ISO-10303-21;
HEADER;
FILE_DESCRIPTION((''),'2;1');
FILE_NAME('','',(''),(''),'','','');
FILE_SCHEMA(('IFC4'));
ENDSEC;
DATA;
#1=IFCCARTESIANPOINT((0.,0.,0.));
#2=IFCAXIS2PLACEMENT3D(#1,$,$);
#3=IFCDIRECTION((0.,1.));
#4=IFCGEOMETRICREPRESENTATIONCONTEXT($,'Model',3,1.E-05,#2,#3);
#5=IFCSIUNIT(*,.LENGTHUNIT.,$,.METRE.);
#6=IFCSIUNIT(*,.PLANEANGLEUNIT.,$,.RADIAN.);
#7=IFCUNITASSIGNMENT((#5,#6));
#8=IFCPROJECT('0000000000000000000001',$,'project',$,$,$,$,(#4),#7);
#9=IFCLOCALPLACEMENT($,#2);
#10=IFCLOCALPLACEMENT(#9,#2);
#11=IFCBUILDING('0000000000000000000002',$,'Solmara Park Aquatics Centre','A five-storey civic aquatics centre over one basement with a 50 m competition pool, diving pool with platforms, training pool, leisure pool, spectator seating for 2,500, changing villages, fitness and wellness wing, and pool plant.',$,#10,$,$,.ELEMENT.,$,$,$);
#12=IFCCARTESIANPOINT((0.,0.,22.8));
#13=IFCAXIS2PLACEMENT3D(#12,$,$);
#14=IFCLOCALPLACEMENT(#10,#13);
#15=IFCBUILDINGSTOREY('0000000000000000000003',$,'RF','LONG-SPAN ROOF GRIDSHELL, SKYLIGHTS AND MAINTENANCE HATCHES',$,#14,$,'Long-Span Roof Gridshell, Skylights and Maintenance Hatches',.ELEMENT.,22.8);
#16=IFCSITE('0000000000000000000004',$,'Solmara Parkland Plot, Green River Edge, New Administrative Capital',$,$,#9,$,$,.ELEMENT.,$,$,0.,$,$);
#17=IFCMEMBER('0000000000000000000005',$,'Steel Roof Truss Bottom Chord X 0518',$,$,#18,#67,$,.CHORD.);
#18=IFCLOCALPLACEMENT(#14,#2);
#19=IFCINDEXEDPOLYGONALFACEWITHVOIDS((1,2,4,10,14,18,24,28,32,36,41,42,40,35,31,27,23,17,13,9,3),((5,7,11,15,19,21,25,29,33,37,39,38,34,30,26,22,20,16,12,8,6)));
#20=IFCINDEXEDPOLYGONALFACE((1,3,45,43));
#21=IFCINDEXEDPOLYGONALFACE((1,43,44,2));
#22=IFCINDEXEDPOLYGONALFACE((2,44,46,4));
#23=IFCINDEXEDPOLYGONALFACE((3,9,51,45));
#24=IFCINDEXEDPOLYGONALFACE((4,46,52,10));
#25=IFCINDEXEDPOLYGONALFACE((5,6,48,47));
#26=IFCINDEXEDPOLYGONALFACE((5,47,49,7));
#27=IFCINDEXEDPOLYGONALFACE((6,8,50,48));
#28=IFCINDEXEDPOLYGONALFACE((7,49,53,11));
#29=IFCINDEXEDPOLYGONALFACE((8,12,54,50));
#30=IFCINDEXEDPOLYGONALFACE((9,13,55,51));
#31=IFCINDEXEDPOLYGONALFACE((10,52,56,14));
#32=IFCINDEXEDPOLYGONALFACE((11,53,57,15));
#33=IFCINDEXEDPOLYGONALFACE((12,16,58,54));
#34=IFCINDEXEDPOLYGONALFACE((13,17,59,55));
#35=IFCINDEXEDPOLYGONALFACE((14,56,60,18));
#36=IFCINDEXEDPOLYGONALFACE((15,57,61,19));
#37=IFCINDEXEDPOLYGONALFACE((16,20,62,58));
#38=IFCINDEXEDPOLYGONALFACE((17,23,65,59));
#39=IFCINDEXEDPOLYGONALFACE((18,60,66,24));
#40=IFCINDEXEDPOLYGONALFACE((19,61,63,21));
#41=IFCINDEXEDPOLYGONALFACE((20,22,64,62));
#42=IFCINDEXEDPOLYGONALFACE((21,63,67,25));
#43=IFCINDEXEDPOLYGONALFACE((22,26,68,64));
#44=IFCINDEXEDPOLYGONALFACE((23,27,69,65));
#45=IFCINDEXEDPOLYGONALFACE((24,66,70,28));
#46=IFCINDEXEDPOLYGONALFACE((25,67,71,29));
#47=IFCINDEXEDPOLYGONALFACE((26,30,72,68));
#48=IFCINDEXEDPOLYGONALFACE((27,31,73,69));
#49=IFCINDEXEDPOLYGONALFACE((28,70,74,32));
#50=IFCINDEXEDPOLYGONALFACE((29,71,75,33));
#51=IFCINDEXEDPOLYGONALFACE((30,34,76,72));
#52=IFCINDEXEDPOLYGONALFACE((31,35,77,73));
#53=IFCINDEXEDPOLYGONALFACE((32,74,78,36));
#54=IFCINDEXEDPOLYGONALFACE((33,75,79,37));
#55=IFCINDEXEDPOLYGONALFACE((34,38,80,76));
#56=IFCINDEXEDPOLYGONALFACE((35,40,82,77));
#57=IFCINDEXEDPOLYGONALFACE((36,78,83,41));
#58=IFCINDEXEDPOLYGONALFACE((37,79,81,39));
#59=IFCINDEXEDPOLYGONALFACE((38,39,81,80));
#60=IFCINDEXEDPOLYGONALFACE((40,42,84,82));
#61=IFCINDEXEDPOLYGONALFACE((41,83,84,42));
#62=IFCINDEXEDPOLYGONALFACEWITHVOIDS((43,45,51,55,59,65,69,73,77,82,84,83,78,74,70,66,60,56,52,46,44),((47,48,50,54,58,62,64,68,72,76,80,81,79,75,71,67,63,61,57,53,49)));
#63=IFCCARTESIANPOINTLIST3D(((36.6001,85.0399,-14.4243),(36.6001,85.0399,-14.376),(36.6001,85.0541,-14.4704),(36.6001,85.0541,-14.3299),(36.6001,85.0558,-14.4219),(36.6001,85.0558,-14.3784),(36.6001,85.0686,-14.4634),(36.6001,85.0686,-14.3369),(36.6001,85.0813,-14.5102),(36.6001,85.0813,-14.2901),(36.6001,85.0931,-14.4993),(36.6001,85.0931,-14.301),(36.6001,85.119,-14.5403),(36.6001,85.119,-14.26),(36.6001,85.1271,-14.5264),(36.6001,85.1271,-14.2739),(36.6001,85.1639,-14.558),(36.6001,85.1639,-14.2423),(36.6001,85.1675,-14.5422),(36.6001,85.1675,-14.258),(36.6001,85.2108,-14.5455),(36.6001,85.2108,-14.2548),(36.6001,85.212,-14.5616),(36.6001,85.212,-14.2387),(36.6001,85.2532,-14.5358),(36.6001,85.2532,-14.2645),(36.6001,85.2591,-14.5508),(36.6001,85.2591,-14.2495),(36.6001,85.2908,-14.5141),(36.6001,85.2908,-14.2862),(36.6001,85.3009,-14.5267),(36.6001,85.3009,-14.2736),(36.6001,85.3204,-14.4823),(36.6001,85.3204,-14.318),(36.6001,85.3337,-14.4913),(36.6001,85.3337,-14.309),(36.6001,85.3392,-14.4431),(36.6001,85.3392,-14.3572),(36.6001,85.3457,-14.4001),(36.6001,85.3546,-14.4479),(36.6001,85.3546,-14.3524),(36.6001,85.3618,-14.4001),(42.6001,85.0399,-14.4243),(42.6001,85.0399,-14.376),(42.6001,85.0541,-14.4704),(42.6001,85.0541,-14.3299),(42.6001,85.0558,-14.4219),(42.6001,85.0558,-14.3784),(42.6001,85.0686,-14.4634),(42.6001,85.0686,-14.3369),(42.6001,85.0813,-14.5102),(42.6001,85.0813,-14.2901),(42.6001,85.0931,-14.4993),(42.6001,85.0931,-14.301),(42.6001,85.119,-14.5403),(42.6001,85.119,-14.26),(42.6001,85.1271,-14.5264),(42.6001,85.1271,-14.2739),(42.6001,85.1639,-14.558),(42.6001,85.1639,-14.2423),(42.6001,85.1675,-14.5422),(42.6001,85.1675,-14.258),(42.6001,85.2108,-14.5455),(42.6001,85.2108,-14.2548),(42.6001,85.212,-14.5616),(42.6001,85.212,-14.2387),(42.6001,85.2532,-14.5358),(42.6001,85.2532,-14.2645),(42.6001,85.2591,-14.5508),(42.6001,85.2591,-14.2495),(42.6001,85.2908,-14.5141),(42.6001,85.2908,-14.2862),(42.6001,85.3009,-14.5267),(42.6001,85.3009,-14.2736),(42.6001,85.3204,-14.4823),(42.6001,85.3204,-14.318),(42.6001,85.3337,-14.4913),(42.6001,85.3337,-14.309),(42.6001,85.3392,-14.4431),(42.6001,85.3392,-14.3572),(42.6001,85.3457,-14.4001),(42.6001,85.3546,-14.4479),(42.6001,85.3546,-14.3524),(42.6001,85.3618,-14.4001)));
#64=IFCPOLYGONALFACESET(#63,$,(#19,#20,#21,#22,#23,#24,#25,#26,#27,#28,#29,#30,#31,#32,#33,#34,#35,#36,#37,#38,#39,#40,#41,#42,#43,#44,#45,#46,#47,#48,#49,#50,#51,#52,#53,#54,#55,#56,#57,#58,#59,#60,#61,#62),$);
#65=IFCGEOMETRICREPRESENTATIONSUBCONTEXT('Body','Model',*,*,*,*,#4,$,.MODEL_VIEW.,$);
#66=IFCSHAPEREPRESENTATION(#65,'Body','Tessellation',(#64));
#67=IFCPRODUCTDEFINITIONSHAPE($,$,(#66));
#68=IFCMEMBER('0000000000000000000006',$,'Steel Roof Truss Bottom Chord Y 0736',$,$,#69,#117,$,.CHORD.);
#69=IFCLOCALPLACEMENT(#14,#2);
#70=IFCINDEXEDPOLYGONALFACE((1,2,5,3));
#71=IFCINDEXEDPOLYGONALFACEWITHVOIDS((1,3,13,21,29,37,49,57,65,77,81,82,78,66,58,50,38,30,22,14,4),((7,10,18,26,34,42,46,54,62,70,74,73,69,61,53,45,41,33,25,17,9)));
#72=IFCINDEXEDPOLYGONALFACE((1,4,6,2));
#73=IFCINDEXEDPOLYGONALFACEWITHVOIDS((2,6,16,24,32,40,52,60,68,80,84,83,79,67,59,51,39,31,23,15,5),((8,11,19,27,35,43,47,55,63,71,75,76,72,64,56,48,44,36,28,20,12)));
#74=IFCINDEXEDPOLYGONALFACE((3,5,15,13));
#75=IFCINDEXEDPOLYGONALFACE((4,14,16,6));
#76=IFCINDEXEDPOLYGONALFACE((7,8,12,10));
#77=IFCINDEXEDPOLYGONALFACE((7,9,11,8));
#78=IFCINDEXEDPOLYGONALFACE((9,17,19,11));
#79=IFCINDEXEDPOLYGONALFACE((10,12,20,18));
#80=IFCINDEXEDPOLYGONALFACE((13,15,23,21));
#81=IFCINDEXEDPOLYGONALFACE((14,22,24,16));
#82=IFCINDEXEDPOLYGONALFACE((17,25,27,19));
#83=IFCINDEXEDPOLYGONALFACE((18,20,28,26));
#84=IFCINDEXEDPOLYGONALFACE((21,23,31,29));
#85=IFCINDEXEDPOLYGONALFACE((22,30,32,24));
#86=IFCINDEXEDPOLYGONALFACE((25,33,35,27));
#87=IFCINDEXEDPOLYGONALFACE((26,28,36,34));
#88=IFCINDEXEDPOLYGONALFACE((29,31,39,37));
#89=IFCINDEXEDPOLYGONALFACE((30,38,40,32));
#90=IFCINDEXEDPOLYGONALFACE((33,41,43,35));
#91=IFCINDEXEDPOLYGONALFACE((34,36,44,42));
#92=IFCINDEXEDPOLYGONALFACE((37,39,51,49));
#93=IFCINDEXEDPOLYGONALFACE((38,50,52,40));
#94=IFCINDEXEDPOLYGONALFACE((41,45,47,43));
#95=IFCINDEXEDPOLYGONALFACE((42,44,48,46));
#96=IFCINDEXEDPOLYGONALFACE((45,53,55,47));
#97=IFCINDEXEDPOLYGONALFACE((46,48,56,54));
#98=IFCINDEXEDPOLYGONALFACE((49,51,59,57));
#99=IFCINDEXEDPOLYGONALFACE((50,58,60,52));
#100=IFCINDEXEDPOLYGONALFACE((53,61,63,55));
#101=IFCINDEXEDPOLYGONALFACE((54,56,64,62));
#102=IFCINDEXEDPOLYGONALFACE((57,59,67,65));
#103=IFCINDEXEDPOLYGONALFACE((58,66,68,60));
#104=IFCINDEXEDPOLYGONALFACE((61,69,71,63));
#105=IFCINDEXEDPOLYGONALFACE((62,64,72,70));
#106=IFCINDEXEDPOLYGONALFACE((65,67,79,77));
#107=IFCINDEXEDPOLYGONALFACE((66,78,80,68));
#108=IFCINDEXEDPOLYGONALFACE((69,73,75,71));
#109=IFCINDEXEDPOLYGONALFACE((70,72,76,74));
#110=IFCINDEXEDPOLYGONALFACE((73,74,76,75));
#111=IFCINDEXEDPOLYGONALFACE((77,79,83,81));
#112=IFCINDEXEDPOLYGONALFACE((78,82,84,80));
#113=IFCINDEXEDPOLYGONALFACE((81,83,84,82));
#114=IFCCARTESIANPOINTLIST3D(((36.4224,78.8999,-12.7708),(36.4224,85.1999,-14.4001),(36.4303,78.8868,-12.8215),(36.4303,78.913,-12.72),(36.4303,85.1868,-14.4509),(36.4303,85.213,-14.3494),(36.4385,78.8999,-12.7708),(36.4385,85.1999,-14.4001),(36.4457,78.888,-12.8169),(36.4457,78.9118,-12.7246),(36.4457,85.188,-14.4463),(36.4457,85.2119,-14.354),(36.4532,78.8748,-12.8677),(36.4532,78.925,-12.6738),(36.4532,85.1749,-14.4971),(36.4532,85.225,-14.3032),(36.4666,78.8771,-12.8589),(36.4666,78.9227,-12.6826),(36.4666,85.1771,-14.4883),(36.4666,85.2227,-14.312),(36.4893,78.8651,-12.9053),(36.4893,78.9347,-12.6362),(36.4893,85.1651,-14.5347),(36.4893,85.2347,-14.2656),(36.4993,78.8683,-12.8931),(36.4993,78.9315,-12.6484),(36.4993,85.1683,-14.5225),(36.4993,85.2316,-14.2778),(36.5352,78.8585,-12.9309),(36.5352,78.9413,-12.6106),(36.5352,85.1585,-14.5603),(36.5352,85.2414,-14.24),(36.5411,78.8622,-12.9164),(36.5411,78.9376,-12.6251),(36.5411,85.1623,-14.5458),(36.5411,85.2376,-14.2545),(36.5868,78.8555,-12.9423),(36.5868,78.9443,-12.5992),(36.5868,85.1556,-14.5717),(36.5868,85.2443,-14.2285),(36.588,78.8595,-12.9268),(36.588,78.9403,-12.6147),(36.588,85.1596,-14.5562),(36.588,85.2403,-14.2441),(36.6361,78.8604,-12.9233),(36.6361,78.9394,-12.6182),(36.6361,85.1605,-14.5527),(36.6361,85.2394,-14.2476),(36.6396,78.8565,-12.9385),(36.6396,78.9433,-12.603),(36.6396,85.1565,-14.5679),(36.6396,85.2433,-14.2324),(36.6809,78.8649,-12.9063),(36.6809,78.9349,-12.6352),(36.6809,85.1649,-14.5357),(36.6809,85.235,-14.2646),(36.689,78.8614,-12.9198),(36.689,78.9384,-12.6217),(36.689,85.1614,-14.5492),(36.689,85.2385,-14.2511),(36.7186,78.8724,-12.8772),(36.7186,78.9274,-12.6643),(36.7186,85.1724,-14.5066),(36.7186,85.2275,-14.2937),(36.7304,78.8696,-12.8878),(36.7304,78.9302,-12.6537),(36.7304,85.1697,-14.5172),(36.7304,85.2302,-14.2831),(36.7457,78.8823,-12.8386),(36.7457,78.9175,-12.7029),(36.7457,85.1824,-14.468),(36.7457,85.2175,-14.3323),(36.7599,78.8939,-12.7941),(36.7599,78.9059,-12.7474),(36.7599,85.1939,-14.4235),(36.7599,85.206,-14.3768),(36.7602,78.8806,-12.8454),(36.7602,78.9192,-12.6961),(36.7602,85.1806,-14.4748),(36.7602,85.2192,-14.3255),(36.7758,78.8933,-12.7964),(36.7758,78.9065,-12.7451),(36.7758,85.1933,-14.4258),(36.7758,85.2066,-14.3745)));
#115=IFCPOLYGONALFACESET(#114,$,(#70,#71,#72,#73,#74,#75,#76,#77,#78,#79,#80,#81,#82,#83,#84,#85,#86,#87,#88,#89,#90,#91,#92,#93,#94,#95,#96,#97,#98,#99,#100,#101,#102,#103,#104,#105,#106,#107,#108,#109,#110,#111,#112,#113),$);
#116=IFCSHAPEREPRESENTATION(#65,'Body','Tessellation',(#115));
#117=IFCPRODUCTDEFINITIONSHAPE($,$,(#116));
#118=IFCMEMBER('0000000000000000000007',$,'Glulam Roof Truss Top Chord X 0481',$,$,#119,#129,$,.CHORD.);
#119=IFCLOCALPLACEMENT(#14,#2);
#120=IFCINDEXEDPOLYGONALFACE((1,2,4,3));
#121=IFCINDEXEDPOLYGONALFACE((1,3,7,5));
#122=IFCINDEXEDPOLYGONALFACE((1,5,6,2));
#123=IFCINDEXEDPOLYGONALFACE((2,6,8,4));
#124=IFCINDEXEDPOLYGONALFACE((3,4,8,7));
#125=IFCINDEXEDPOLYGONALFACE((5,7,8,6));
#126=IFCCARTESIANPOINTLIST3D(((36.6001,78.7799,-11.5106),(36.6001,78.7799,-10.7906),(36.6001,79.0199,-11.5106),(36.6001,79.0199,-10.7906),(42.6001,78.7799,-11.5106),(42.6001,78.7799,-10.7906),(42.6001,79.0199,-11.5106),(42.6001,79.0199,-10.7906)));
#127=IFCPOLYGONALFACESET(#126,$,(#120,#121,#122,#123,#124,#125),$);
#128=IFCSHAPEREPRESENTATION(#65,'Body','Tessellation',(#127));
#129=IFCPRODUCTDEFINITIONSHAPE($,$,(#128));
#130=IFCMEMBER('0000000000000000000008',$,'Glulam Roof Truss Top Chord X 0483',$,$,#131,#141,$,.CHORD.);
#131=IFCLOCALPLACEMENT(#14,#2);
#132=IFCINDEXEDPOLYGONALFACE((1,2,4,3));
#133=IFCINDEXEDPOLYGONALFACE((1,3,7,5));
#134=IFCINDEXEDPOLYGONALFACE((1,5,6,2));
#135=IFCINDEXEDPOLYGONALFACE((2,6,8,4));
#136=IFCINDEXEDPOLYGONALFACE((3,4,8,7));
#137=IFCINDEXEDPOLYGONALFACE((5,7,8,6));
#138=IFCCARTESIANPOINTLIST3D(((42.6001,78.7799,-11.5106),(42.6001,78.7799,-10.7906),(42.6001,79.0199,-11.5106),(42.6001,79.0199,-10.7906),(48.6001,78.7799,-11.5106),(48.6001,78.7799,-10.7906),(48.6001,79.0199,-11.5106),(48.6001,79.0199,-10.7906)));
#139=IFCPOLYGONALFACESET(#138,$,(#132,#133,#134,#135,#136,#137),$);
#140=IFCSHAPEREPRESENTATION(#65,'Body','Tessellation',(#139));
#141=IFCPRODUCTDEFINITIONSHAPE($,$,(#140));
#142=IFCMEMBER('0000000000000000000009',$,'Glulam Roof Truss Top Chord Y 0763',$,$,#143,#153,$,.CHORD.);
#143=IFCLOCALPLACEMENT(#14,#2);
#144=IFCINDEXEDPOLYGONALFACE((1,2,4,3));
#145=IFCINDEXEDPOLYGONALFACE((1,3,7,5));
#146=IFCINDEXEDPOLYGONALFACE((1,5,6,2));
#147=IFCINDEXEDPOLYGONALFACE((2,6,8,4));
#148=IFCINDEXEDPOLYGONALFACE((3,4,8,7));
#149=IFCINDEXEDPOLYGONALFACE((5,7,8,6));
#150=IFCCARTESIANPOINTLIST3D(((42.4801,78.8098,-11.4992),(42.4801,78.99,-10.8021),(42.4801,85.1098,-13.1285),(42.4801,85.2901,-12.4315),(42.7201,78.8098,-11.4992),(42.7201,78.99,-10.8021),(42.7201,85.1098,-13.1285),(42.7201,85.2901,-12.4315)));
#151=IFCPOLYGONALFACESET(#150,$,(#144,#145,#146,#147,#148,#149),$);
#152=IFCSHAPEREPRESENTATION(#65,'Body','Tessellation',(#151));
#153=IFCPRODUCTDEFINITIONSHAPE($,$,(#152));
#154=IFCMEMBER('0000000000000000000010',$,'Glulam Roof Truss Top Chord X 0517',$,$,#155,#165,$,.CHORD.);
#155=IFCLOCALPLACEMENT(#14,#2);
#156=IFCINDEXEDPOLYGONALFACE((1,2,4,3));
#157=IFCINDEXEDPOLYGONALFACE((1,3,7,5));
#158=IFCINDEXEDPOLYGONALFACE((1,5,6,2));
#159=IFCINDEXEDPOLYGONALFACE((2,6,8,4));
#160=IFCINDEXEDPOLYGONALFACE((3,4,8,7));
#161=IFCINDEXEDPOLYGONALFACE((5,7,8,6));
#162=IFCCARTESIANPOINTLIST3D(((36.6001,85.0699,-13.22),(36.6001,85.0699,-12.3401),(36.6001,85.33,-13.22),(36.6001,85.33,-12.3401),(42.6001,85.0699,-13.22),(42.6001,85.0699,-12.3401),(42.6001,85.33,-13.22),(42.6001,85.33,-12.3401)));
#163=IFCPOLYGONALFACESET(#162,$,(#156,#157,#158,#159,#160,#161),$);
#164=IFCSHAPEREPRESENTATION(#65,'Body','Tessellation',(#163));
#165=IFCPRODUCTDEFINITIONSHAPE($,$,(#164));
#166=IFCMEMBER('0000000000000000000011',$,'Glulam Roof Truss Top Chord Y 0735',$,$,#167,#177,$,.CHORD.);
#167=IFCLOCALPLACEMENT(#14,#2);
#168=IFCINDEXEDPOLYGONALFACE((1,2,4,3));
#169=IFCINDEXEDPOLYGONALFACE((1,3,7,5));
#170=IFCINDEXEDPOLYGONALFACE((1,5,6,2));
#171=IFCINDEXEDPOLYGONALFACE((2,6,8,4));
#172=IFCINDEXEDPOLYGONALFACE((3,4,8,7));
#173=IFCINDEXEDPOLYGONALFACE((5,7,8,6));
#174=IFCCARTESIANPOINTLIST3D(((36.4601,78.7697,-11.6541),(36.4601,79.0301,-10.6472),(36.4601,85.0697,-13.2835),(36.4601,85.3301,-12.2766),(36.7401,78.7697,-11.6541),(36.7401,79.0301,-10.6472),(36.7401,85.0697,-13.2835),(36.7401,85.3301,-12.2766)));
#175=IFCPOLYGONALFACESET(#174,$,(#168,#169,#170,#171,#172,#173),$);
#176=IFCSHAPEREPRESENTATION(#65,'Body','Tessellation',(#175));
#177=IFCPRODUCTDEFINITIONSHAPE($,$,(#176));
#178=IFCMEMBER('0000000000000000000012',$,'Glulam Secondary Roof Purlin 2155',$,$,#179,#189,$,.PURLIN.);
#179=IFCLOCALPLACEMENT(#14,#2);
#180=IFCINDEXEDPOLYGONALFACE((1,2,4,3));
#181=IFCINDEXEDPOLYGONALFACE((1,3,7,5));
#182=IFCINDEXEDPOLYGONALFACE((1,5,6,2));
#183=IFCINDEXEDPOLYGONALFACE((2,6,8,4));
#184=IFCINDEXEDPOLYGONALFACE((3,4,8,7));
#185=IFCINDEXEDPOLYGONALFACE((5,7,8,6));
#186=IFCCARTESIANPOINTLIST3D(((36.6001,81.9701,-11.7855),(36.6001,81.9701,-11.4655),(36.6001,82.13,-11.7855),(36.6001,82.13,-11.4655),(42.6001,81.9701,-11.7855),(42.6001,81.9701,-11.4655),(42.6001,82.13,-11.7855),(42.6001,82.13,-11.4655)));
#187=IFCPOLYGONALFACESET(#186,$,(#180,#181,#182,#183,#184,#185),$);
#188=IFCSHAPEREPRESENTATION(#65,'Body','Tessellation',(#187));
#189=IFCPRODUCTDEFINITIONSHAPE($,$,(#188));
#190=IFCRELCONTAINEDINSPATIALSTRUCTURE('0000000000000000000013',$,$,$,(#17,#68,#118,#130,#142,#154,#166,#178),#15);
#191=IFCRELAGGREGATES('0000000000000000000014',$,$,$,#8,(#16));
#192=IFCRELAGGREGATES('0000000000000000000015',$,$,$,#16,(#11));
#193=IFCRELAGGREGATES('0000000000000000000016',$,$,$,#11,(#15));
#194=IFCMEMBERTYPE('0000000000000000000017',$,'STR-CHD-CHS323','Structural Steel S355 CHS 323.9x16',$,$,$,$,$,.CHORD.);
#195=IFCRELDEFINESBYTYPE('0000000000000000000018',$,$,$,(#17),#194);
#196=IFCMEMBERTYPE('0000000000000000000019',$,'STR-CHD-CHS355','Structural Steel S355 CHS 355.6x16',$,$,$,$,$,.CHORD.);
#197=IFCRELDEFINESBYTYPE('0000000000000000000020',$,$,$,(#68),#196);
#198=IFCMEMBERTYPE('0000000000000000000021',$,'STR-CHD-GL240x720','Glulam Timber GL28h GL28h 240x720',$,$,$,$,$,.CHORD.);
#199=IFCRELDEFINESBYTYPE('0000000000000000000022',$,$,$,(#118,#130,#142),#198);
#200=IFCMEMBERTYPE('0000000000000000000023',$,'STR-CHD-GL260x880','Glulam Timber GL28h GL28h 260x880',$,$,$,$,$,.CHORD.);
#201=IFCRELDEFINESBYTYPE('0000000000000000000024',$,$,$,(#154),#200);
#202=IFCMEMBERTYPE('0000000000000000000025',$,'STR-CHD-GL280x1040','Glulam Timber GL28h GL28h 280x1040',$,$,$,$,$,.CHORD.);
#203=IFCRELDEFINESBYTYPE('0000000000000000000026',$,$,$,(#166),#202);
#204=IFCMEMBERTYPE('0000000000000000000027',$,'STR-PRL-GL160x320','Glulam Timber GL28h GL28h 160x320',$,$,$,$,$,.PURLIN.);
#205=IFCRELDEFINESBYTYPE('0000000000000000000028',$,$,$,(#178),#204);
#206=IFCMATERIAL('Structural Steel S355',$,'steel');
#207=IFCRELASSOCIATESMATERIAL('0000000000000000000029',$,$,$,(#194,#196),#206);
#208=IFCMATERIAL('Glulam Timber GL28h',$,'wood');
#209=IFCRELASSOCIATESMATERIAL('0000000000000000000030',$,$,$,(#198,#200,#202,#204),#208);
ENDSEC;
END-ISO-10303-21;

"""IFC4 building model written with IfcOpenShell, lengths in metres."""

from ifc_helpers import new_model, si_unit, direction, frame, origin, origin_2d, place, context, subcontext, project, spatial, rectangle, hollow_circle, extrude, material, material_profile, profile_set, type_object, element, save


model = new_model("IFC4")

# Units and contexts
model_context = context("Model", 3, precision=1e-05, world=origin(), true_north=direction((0.0, 1.0)))
body_context = subcontext(model_context, "Body", "Model", "MODEL_VIEW")
ifc_project = project(units=[si_unit("LENGTHUNIT", "METRE"), si_unit("PLANEANGLEUNIT", "RADIAN")], contexts=[model_context])

# Site, building, storey
site_placement = place(None, origin())
site = spatial("IfcSite", under=ifc_project, at=site_placement, Name="Solmara Parkland Plot, Green River Edge, New Administrative Capital", CompositionType="ELEMENT", RefElevation=0.0)
building_placement = place(site_placement, origin())
building = spatial("IfcBuilding", under=site, at=building_placement, Name="Solmara Park Aquatics Centre", Description="A five-storey civic aquatics centre over one basement with a 50 m competition pool, diving pool with platforms, training pool, leisure pool, spectator seating for 2,500, changing villages, fitness and wellness wing, and pool plant.", CompositionType="ELEMENT")
storey_placement = place(building_placement, frame((0.0, 0.0, 22.8)))
storey = spatial("IfcBuildingStorey", under=building, at=storey_placement, Name="RF", Description="LONG-SPAN ROOF GRIDSHELL, SKYLIGHTS AND MAINTENANCE HATCHES", LongName="Long-Span Roof Gridshell, Skylights and Maintenance Hatches", CompositionType="ELEMENT", Elevation=22.8)

# Members
ifc_material_1 = material(Name="Structural Steel S355", Category="steel")
ifc_material_profile_1 = material_profile(ifc_material_1, hollow_circle(Radius=0.1619, WallThickness=0.0161, at=origin_2d()), Name="CHS 323.9x16")
ifc_profile_set_1 = profile_set([ifc_material_profile_1], Name="Structural Steel S355")
member_type_1 = type_object("IfcMemberType", Name="STR-CHD-CHS323", Description="Structural Steel S355 CHS 323.9x16", PredefinedType="CHORD", material=ifc_profile_set_1)
member_1_placement = place(storey_placement, frame((36.6001, 85.2, -14.4001), z_axis=(1.0, 0.0, 0.0), x_axis=(0.0, 1.0, 0.0)))
element("IfcMember", 1, at=member_1_placement, inside=storey, type_object=member_type_1, Name="Steel Roof Truss Bottom Chord X 0518", PredefinedType="CHORD", context=body_context, shape_type="SweptSolid", body=[
    extrude(hollow_circle(Radius=0.1619, WallThickness=0.0161, at=origin_2d()), origin(), (0.0, 0.0, 1.0), 6.0),
])
ifc_material_profile_2 = material_profile(ifc_material_1, hollow_circle(Radius=0.1777, WallThickness=0.0161, at=origin_2d()), Name="CHS 355.6x16")
ifc_profile_set_2 = profile_set([ifc_material_profile_2], Name="Structural Steel S355")
member_type_2 = type_object("IfcMemberType", Name="STR-CHD-CHS355", Description="Structural Steel S355 CHS 355.6x16", PredefinedType="CHORD", material=ifc_profile_set_2)
member_2_placement = place(storey_placement, frame((36.6001, 78.8999, -12.7708), z_axis=(0.0, 0.968144, -0.250393), x_axis=(-1.0, 0.0, 0.0)))
element("IfcMember", 2, at=member_2_placement, inside=storey, type_object=member_type_2, Name="Steel Roof Truss Bottom Chord Y 0736", PredefinedType="CHORD", context=body_context, shape_type="SweptSolid", body=[
    extrude(hollow_circle(Radius=0.1777, WallThickness=0.0161, at=origin_2d()), origin(), (0.0, 0.0, 1.0), 6.5073),
])
ifc_material_2 = material(Name="Glulam Timber GL28h", Category="wood")
ifc_material_profile_3 = material_profile(ifc_material_2, rectangle(XDim=0.24, YDim=0.72, at=origin_2d()), Name="GL28h 240x720")
ifc_profile_set_3 = profile_set([ifc_material_profile_3], Name="Glulam Timber GL28h")
member_type_3 = type_object("IfcMemberType", Name="STR-CHD-GL240x720", Description="Glulam Timber GL28h GL28h 240x720", PredefinedType="CHORD", material=ifc_profile_set_3)
for number, where, z_axis, x_axis, name in (
    (3, (36.6001, 78.8999, -11.1506), (1.0, 0.0, 0.0), (0.0, 1.0, 0.0), "Glulam Roof Truss Top Chord X 0481"),
    (4, (42.6001, 78.8999, -11.1506), (1.0, 0.0, 0.0), (0.0, 1.0, 0.0), "Glulam Roof Truss Top Chord X 0483"),
):
    element("IfcMember", number, at=place(storey_placement, frame(where, z_axis=z_axis, x_axis=x_axis)), inside=storey, type_object=member_type_3, Name=name, PredefinedType="CHORD", context=body_context, shape_type="SweptSolid", body=[
        extrude(rectangle(XDim=0.24, YDim=0.72, at=origin_2d()), origin(), (0.0, 0.0, 1.0), 6.0),
    ])
member_3_placement = place(storey_placement, frame((42.6001, 78.8999, -11.1506), z_axis=(0.0, 0.968144, -0.250393), x_axis=(-1.0, 0.0, 0.0)))
element("IfcMember", 5, at=member_3_placement, inside=storey, type_object=member_type_3, Name="Glulam Roof Truss Top Chord Y 0763", PredefinedType="CHORD", context=body_context, shape_type="SweptSolid", body=[
    extrude(rectangle(XDim=0.24, YDim=0.72, at=origin_2d()), origin(), (0.0, 0.0, 1.0), 6.5073),
])
ifc_material_profile_4 = material_profile(ifc_material_2, rectangle(XDim=0.26, YDim=0.8799, at=origin_2d()), Name="GL28h 260x880")
ifc_profile_set_4 = profile_set([ifc_material_profile_4], Name="Glulam Timber GL28h")
member_type_4 = type_object("IfcMemberType", Name="STR-CHD-GL260x880", Description="Glulam Timber GL28h GL28h 260x880", PredefinedType="CHORD", material=ifc_profile_set_4)
member_4_placement = place(storey_placement, frame((36.6001, 85.2, -12.78), z_axis=(1.0, 0.0, 0.0), x_axis=(0.0, 1.0, 0.0)))
element("IfcMember", 6, at=member_4_placement, inside=storey, type_object=member_type_4, Name="Glulam Roof Truss Top Chord X 0517", PredefinedType="CHORD", context=body_context, shape_type="SweptSolid", body=[
    extrude(rectangle(XDim=0.26, YDim=0.8799, at=origin_2d()), origin(), (0.0, 0.0, 1.0), 6.0),
])
ifc_material_profile_5 = material_profile(ifc_material_2, rectangle(XDim=0.28, YDim=1.04, at=origin_2d()), Name="GL28h 280x1040")
ifc_profile_set_5 = profile_set([ifc_material_profile_5], Name="Glulam Timber GL28h")
member_type_5 = type_object("IfcMemberType", Name="STR-CHD-GL280x1040", Description="Glulam Timber GL28h GL28h 280x1040", PredefinedType="CHORD", material=ifc_profile_set_5)
member_5_placement = place(storey_placement, frame((36.6001, 78.8999, -11.1506), z_axis=(0.0, 0.968144, -0.250393), x_axis=(-1.0, 0.0, 0.0)))
element("IfcMember", 7, at=member_5_placement, inside=storey, type_object=member_type_5, Name="Glulam Roof Truss Top Chord Y 0735", PredefinedType="CHORD", context=body_context, shape_type="SweptSolid", body=[
    extrude(rectangle(XDim=0.28, YDim=1.04, at=origin_2d()), origin(), (0.0, 0.0, 1.0), 6.5073),
])
ifc_material_profile_6 = material_profile(ifc_material_2, rectangle(XDim=0.1599, YDim=0.3201, at=origin_2d()), Name="GL28h 160x320")
ifc_profile_set_6 = profile_set([ifc_material_profile_6], Name="Glulam Timber GL28h")
member_type_6 = type_object("IfcMemberType", Name="STR-PRL-GL160x320", Description="Glulam Timber GL28h GL28h 160x320", PredefinedType="PURLIN", material=ifc_profile_set_6)
member_6_placement = place(storey_placement, frame((36.6001, 82.05, -11.6255), z_axis=(1.0, 0.0, 0.0), x_axis=(0.0, 1.0, 0.0)))
element("IfcMember", 8, at=member_6_placement, inside=storey, type_object=member_type_6, Name="Glulam Secondary Roof Purlin 2155", PredefinedType="PURLIN", context=body_context, shape_type="SweptSolid", body=[
    extrude(rectangle(XDim=0.1599, YDim=0.3201, at=origin_2d()), origin(), (0.0, 0.0, 1.0), 6.0),
])

save(model, "model.ifc")
